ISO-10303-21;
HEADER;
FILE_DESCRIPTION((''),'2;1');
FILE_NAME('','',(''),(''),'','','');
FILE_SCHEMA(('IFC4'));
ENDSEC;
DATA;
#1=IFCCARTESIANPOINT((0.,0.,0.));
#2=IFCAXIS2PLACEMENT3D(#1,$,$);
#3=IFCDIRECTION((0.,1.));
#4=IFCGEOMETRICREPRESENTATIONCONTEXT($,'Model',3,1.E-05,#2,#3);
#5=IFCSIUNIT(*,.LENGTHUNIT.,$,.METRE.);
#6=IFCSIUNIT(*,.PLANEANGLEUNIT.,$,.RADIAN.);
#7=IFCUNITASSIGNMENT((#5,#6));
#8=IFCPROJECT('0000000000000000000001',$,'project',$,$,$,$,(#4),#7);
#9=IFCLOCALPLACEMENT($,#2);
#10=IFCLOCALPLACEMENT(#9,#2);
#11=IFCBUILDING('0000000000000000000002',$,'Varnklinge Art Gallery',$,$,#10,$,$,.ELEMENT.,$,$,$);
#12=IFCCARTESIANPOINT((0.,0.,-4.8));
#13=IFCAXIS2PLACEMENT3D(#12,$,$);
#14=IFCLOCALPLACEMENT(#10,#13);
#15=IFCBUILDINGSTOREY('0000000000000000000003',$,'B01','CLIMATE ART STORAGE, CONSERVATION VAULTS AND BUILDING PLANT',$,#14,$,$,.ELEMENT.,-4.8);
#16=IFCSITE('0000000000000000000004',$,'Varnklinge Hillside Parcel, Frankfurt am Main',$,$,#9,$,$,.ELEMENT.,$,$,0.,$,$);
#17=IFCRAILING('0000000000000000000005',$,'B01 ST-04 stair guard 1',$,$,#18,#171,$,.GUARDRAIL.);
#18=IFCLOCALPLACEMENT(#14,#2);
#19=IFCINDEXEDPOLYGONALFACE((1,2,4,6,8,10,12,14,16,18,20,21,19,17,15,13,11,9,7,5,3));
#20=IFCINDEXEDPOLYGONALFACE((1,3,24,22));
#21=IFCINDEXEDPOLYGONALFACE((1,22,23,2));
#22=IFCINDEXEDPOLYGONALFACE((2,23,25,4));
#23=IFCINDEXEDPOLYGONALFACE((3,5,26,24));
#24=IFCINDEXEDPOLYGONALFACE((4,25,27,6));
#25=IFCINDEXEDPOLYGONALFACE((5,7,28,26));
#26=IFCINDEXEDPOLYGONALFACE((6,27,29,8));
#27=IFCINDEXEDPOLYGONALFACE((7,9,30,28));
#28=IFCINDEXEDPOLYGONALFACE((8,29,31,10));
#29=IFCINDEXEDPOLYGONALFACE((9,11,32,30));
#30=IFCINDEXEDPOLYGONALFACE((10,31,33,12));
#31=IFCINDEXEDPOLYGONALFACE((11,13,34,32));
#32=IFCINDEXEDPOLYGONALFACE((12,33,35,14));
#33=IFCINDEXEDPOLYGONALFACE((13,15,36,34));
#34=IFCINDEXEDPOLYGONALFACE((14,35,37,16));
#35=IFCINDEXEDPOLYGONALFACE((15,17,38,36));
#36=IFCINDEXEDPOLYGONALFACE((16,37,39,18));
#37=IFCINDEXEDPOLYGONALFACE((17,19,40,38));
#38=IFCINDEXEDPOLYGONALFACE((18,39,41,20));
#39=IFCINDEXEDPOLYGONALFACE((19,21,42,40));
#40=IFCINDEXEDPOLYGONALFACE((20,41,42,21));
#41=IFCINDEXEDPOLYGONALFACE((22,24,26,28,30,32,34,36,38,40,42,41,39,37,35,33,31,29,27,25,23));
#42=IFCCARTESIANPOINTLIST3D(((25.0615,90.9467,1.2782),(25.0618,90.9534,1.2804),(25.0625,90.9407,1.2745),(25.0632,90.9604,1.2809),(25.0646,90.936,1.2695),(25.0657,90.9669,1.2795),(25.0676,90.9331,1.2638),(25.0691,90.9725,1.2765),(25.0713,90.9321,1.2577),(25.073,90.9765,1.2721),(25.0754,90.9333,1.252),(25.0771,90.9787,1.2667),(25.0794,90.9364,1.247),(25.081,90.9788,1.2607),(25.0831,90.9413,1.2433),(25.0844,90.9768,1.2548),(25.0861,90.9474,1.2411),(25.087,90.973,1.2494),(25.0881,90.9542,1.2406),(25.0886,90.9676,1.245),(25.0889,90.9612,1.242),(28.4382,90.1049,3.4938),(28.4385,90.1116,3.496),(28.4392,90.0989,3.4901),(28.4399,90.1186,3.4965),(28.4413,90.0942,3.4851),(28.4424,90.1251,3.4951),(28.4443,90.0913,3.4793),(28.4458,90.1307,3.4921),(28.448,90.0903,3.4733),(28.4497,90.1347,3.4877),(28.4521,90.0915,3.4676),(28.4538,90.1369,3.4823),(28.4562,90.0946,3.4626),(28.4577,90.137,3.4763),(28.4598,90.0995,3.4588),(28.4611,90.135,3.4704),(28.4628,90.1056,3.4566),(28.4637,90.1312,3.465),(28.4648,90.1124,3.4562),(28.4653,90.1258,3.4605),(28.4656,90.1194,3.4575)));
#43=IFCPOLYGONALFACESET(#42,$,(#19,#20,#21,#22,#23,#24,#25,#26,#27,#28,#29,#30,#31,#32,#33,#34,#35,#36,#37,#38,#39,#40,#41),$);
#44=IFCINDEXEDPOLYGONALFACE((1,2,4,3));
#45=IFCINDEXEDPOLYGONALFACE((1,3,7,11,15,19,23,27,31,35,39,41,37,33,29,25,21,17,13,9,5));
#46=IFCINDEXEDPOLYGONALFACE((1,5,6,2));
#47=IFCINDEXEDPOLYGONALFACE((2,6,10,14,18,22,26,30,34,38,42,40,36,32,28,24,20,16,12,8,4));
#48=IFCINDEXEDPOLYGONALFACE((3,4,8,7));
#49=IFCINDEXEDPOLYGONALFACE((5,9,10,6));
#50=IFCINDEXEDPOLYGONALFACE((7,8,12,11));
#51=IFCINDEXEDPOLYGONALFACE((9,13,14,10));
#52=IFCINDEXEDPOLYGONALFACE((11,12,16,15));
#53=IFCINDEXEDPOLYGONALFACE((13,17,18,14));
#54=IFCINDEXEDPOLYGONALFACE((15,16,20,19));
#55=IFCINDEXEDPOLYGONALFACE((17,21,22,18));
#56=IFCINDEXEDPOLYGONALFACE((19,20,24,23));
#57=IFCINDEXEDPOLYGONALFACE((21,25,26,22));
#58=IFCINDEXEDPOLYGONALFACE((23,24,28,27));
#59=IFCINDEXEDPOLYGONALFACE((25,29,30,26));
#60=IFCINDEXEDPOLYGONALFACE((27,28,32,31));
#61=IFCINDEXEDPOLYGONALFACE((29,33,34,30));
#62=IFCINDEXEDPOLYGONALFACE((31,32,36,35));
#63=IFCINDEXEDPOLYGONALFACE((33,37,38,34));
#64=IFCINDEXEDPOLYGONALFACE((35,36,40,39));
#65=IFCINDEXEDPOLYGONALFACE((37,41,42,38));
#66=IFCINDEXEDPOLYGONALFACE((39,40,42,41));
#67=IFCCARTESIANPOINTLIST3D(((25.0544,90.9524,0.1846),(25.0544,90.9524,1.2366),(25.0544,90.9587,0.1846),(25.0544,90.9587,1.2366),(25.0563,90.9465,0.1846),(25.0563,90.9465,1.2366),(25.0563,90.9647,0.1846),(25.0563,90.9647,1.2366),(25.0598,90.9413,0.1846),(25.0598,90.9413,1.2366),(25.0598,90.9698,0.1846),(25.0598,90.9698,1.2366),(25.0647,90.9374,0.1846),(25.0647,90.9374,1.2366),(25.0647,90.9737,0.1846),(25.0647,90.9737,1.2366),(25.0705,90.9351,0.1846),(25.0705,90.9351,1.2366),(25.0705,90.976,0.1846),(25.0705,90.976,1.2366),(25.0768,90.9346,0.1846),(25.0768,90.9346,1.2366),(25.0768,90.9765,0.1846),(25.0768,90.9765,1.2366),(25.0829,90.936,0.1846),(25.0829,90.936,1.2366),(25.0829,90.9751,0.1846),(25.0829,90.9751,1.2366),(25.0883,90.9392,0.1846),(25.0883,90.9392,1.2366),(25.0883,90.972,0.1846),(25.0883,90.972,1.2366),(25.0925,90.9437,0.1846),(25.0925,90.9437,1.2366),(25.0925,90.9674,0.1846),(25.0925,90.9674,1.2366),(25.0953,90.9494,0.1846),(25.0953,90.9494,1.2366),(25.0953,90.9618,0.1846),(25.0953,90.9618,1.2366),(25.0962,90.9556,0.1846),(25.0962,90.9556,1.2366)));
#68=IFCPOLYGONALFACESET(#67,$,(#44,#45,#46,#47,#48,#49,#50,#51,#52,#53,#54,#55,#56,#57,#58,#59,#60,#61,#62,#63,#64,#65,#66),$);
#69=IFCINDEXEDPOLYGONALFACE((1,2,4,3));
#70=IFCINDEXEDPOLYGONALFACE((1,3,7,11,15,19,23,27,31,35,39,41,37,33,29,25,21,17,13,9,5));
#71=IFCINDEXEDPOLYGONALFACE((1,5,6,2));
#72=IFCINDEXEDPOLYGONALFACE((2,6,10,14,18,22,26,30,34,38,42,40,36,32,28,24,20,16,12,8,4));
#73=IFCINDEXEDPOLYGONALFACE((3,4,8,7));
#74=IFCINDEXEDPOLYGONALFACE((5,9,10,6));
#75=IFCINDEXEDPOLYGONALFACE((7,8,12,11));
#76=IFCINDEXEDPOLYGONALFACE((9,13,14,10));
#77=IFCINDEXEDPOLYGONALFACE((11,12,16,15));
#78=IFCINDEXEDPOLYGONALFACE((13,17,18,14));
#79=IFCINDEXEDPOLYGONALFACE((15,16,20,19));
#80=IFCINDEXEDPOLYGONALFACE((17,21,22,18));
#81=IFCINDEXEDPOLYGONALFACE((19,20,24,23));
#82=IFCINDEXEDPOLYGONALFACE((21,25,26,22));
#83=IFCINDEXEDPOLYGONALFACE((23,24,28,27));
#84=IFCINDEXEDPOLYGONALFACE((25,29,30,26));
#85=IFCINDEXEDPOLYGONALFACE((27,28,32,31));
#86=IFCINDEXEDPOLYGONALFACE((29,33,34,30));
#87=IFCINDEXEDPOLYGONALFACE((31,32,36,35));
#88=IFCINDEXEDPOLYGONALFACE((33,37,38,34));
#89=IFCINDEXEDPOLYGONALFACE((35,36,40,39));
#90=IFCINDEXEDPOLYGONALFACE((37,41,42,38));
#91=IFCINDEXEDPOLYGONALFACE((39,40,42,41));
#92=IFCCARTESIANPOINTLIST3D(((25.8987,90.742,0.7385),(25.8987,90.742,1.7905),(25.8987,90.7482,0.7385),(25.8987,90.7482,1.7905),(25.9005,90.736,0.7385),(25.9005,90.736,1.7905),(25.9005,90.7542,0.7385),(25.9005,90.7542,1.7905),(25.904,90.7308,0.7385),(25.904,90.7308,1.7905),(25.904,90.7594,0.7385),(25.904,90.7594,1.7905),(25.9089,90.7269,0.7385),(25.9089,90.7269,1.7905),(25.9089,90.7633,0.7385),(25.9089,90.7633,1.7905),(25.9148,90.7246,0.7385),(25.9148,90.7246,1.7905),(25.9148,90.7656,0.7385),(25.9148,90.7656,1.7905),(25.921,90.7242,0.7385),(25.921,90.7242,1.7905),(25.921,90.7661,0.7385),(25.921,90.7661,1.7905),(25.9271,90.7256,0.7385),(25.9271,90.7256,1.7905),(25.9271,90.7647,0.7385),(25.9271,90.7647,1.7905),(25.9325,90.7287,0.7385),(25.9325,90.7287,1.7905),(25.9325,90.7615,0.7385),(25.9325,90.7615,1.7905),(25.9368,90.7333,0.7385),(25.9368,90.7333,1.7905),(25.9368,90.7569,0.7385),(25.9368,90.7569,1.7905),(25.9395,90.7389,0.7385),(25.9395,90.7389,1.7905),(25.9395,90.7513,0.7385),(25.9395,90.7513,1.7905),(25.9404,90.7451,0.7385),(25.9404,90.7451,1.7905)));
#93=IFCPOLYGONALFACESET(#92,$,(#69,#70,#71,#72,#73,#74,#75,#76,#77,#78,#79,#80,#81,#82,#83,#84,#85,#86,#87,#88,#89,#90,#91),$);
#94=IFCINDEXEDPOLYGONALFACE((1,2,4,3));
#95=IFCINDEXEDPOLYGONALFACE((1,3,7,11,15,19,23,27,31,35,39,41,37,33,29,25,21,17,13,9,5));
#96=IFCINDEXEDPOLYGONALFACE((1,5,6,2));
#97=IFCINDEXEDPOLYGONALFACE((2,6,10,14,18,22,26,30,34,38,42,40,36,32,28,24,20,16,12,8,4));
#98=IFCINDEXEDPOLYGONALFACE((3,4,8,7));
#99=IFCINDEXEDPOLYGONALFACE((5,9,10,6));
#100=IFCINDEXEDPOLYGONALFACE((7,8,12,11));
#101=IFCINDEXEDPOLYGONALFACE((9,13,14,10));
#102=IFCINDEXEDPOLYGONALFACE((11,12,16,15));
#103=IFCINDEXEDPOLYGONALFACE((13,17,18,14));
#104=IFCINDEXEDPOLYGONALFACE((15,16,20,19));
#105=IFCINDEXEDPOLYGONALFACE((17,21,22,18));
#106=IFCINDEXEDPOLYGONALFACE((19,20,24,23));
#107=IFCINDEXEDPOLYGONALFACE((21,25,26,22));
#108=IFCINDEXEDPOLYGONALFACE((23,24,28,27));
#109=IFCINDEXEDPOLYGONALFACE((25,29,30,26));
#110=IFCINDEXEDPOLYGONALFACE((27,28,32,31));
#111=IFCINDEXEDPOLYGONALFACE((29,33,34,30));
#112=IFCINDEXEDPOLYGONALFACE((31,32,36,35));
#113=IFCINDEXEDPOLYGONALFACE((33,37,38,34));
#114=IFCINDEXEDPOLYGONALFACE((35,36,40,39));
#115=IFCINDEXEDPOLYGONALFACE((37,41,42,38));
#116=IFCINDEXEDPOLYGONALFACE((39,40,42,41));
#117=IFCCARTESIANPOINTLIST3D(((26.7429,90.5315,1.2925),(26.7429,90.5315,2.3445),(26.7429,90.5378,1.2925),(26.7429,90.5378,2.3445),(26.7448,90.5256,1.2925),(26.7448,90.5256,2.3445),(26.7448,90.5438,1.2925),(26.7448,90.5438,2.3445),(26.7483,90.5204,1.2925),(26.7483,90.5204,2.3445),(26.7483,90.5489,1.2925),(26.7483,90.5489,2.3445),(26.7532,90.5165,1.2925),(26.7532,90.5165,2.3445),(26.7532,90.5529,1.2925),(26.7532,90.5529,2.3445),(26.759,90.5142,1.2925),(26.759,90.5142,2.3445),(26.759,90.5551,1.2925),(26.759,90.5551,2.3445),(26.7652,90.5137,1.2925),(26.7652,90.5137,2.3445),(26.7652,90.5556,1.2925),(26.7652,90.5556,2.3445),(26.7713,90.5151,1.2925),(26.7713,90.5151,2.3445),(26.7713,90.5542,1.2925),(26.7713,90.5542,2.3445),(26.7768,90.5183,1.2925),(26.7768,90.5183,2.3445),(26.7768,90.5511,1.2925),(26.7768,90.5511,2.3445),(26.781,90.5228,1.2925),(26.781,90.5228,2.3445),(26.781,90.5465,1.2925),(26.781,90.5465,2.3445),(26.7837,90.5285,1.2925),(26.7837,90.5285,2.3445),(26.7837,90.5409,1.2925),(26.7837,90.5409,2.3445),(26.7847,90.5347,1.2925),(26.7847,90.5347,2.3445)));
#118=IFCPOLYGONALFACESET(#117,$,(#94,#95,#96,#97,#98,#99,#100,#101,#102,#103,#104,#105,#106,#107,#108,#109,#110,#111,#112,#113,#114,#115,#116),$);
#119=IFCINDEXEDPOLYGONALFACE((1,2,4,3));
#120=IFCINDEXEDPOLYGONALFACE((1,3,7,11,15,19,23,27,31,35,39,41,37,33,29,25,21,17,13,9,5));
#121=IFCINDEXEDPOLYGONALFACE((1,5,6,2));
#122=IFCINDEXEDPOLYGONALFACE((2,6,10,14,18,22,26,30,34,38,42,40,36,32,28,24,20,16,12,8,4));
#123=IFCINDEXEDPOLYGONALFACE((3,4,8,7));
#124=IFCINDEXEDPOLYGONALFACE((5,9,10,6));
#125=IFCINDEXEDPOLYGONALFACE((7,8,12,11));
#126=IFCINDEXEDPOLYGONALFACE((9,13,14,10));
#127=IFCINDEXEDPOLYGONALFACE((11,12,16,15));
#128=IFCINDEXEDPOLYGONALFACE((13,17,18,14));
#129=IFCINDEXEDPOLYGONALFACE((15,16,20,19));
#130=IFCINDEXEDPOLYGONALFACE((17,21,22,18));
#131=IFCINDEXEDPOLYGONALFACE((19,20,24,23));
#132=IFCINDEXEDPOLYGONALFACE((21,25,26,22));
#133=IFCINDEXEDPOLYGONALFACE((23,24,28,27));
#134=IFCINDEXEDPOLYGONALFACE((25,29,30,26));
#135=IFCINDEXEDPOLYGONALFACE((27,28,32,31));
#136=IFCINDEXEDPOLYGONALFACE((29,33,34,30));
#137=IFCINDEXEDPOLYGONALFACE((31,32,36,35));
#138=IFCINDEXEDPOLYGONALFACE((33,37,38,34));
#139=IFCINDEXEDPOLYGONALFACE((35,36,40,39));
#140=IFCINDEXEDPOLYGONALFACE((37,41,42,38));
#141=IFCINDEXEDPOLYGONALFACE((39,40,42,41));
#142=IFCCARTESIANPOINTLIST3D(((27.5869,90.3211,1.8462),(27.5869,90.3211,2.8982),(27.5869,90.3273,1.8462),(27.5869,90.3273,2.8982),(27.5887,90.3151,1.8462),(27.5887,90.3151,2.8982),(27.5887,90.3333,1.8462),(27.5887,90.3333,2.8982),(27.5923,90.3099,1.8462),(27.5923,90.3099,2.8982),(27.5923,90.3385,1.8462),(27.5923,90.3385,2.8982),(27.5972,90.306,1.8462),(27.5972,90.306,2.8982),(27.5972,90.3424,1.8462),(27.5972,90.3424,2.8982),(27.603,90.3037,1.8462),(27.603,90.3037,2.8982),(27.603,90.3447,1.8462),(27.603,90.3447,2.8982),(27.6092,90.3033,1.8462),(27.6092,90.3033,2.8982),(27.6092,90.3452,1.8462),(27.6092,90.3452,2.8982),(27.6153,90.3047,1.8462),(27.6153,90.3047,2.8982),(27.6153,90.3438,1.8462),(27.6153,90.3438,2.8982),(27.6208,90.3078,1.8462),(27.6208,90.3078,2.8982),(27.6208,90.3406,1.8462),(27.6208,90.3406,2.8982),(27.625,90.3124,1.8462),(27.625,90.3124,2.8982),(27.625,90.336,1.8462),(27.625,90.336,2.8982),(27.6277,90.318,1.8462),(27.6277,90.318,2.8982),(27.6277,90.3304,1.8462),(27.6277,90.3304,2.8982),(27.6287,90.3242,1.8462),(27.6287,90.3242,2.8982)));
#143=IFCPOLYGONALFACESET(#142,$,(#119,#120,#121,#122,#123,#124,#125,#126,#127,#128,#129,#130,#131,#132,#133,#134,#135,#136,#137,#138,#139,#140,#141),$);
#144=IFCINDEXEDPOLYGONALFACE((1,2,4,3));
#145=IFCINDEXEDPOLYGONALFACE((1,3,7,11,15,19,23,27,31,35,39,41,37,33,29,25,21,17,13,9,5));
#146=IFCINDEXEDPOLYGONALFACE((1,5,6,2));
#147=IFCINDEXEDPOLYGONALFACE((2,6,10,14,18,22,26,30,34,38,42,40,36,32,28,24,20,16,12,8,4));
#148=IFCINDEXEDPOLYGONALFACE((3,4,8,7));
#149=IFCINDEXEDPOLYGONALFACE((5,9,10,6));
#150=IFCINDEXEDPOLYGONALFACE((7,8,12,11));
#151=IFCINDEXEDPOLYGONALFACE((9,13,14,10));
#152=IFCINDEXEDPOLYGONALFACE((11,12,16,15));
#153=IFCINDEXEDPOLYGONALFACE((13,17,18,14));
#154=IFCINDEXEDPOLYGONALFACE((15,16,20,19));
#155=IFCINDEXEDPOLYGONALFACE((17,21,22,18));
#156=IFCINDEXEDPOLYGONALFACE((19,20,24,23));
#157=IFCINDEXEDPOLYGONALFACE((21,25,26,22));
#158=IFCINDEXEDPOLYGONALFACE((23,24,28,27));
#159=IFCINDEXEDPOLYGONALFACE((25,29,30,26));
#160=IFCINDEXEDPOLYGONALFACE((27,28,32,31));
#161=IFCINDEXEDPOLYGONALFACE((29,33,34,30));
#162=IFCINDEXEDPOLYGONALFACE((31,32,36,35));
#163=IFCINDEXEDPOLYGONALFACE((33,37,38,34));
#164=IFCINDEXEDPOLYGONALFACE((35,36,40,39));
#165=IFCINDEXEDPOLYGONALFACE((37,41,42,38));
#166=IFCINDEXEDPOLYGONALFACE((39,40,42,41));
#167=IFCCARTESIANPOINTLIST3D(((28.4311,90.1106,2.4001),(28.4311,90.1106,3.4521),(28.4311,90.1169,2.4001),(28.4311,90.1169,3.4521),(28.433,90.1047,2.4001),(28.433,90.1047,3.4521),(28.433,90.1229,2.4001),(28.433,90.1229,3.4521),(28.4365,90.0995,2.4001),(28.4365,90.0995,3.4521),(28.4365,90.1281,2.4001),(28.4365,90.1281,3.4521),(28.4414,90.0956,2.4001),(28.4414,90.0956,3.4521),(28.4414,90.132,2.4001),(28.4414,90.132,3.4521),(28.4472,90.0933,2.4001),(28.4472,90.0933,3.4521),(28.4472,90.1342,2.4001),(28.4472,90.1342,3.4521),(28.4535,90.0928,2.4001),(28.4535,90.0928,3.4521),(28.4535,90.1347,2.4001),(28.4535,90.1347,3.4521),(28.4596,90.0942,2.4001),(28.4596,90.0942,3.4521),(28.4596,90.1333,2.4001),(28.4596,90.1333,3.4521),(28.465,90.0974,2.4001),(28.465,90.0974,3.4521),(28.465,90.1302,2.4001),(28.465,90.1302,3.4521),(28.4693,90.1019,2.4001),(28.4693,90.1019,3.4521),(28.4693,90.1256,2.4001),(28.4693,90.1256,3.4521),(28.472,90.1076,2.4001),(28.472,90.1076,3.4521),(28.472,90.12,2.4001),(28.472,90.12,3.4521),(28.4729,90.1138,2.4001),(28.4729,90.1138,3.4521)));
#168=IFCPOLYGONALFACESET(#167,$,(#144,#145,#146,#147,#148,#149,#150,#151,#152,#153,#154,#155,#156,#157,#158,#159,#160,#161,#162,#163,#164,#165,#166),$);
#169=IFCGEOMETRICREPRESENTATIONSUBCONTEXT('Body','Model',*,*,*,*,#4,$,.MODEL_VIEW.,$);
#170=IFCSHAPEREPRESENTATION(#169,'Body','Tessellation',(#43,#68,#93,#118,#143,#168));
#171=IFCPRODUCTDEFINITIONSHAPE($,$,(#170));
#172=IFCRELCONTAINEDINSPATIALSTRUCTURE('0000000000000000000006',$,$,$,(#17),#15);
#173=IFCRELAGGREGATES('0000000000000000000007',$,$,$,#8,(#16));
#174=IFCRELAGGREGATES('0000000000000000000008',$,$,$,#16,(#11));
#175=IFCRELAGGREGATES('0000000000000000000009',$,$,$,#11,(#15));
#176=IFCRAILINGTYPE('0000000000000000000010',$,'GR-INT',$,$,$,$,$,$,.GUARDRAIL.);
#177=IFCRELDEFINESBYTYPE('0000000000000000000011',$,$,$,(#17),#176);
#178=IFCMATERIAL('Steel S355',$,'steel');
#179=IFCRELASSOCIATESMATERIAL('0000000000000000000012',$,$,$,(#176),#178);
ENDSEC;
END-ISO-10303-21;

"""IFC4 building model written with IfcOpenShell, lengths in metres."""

from ifc_helpers import new_model, si_unit, direction, frame, origin, origin_2d, place, context, subcontext, project, spatial, circle, extrude, material, type_object, element, save


model = new_model("IFC4")

# Units and contexts
model_context = context("Model", 3, precision=1e-05, world=origin(), true_north=direction((0.0, 1.0)))
body_context = subcontext(model_context, "Body", "Model", "MODEL_VIEW")
ifc_project = project(units=[si_unit("LENGTHUNIT", "METRE"), si_unit("PLANEANGLEUNIT", "RADIAN")], contexts=[model_context])

# Site, building, storey
site_placement = place(None, origin())
site = spatial("IfcSite", under=ifc_project, at=site_placement, Name="Varnklinge Hillside Parcel, Frankfurt am Main", CompositionType="ELEMENT", RefElevation=0.0)
building_placement = place(site_placement, origin())
building = spatial("IfcBuilding", under=site, at=building_placement, Name="Varnklinge Art Gallery", CompositionType="ELEMENT")
storey_placement = place(building_placement, frame((0.0, 0.0, -4.8)))
storey = spatial("IfcBuildingStorey", under=building, at=storey_placement, Name="B01", Description="CLIMATE ART STORAGE, CONSERVATION VAULTS AND BUILDING PLANT", CompositionType="ELEMENT", Elevation=-4.8)

# Railing
ifc_material_1 = material(Name="Steel S355", Category="steel")
railing_type_1 = type_object("IfcRailingType", Name="GR-INT", PredefinedType="GUARDRAIL", material=ifc_material_1)
railing_1_placement = place(storey_placement, frame((25.0752, 90.9556, 0.1846)))
element("IfcRailing", 1, at=railing_1_placement, inside=storey, type_object=railing_type_1, Name="B01 ST-04 stair guard 1", PredefinedType="GUARDRAIL", context=body_context, shape_type="SweptSolid", body=[
    extrude(circle(Radius=0.0239, at=origin_2d()), frame((0.0, 0.0, 1.0762), z_axis=(0.818501, -0.204048, 0.537047), x_axis=(0.241892, 0.970303, 0.0)), (0.0, 0.0, 1.0), 4.1255),
    extrude(circle(Radius=0.021, at=origin_2d()), origin(), (0.0, 0.0, 1.0), 1.052),
    extrude(circle(Radius=0.021, at=origin_2d()), frame((0.8442, -0.2104, 0.554)), (0.0, 0.0, 1.0), 1.052),
    extrude(circle(Radius=0.021, at=origin_2d()), frame((1.6885, -0.4209, 1.1079)), (0.0, 0.0, 1.0), 1.052),
    extrude(circle(Radius=0.021, at=origin_2d()), frame((2.5325, -0.6313, 1.6616)), (0.0, 0.0, 1.0), 1.052),
    extrude(circle(Radius=0.021, at=origin_2d()), frame((3.3767, -0.8418, 2.2156)), (0.0, 0.0, 1.0), 1.052),
])

save(model, "model.ifc")
